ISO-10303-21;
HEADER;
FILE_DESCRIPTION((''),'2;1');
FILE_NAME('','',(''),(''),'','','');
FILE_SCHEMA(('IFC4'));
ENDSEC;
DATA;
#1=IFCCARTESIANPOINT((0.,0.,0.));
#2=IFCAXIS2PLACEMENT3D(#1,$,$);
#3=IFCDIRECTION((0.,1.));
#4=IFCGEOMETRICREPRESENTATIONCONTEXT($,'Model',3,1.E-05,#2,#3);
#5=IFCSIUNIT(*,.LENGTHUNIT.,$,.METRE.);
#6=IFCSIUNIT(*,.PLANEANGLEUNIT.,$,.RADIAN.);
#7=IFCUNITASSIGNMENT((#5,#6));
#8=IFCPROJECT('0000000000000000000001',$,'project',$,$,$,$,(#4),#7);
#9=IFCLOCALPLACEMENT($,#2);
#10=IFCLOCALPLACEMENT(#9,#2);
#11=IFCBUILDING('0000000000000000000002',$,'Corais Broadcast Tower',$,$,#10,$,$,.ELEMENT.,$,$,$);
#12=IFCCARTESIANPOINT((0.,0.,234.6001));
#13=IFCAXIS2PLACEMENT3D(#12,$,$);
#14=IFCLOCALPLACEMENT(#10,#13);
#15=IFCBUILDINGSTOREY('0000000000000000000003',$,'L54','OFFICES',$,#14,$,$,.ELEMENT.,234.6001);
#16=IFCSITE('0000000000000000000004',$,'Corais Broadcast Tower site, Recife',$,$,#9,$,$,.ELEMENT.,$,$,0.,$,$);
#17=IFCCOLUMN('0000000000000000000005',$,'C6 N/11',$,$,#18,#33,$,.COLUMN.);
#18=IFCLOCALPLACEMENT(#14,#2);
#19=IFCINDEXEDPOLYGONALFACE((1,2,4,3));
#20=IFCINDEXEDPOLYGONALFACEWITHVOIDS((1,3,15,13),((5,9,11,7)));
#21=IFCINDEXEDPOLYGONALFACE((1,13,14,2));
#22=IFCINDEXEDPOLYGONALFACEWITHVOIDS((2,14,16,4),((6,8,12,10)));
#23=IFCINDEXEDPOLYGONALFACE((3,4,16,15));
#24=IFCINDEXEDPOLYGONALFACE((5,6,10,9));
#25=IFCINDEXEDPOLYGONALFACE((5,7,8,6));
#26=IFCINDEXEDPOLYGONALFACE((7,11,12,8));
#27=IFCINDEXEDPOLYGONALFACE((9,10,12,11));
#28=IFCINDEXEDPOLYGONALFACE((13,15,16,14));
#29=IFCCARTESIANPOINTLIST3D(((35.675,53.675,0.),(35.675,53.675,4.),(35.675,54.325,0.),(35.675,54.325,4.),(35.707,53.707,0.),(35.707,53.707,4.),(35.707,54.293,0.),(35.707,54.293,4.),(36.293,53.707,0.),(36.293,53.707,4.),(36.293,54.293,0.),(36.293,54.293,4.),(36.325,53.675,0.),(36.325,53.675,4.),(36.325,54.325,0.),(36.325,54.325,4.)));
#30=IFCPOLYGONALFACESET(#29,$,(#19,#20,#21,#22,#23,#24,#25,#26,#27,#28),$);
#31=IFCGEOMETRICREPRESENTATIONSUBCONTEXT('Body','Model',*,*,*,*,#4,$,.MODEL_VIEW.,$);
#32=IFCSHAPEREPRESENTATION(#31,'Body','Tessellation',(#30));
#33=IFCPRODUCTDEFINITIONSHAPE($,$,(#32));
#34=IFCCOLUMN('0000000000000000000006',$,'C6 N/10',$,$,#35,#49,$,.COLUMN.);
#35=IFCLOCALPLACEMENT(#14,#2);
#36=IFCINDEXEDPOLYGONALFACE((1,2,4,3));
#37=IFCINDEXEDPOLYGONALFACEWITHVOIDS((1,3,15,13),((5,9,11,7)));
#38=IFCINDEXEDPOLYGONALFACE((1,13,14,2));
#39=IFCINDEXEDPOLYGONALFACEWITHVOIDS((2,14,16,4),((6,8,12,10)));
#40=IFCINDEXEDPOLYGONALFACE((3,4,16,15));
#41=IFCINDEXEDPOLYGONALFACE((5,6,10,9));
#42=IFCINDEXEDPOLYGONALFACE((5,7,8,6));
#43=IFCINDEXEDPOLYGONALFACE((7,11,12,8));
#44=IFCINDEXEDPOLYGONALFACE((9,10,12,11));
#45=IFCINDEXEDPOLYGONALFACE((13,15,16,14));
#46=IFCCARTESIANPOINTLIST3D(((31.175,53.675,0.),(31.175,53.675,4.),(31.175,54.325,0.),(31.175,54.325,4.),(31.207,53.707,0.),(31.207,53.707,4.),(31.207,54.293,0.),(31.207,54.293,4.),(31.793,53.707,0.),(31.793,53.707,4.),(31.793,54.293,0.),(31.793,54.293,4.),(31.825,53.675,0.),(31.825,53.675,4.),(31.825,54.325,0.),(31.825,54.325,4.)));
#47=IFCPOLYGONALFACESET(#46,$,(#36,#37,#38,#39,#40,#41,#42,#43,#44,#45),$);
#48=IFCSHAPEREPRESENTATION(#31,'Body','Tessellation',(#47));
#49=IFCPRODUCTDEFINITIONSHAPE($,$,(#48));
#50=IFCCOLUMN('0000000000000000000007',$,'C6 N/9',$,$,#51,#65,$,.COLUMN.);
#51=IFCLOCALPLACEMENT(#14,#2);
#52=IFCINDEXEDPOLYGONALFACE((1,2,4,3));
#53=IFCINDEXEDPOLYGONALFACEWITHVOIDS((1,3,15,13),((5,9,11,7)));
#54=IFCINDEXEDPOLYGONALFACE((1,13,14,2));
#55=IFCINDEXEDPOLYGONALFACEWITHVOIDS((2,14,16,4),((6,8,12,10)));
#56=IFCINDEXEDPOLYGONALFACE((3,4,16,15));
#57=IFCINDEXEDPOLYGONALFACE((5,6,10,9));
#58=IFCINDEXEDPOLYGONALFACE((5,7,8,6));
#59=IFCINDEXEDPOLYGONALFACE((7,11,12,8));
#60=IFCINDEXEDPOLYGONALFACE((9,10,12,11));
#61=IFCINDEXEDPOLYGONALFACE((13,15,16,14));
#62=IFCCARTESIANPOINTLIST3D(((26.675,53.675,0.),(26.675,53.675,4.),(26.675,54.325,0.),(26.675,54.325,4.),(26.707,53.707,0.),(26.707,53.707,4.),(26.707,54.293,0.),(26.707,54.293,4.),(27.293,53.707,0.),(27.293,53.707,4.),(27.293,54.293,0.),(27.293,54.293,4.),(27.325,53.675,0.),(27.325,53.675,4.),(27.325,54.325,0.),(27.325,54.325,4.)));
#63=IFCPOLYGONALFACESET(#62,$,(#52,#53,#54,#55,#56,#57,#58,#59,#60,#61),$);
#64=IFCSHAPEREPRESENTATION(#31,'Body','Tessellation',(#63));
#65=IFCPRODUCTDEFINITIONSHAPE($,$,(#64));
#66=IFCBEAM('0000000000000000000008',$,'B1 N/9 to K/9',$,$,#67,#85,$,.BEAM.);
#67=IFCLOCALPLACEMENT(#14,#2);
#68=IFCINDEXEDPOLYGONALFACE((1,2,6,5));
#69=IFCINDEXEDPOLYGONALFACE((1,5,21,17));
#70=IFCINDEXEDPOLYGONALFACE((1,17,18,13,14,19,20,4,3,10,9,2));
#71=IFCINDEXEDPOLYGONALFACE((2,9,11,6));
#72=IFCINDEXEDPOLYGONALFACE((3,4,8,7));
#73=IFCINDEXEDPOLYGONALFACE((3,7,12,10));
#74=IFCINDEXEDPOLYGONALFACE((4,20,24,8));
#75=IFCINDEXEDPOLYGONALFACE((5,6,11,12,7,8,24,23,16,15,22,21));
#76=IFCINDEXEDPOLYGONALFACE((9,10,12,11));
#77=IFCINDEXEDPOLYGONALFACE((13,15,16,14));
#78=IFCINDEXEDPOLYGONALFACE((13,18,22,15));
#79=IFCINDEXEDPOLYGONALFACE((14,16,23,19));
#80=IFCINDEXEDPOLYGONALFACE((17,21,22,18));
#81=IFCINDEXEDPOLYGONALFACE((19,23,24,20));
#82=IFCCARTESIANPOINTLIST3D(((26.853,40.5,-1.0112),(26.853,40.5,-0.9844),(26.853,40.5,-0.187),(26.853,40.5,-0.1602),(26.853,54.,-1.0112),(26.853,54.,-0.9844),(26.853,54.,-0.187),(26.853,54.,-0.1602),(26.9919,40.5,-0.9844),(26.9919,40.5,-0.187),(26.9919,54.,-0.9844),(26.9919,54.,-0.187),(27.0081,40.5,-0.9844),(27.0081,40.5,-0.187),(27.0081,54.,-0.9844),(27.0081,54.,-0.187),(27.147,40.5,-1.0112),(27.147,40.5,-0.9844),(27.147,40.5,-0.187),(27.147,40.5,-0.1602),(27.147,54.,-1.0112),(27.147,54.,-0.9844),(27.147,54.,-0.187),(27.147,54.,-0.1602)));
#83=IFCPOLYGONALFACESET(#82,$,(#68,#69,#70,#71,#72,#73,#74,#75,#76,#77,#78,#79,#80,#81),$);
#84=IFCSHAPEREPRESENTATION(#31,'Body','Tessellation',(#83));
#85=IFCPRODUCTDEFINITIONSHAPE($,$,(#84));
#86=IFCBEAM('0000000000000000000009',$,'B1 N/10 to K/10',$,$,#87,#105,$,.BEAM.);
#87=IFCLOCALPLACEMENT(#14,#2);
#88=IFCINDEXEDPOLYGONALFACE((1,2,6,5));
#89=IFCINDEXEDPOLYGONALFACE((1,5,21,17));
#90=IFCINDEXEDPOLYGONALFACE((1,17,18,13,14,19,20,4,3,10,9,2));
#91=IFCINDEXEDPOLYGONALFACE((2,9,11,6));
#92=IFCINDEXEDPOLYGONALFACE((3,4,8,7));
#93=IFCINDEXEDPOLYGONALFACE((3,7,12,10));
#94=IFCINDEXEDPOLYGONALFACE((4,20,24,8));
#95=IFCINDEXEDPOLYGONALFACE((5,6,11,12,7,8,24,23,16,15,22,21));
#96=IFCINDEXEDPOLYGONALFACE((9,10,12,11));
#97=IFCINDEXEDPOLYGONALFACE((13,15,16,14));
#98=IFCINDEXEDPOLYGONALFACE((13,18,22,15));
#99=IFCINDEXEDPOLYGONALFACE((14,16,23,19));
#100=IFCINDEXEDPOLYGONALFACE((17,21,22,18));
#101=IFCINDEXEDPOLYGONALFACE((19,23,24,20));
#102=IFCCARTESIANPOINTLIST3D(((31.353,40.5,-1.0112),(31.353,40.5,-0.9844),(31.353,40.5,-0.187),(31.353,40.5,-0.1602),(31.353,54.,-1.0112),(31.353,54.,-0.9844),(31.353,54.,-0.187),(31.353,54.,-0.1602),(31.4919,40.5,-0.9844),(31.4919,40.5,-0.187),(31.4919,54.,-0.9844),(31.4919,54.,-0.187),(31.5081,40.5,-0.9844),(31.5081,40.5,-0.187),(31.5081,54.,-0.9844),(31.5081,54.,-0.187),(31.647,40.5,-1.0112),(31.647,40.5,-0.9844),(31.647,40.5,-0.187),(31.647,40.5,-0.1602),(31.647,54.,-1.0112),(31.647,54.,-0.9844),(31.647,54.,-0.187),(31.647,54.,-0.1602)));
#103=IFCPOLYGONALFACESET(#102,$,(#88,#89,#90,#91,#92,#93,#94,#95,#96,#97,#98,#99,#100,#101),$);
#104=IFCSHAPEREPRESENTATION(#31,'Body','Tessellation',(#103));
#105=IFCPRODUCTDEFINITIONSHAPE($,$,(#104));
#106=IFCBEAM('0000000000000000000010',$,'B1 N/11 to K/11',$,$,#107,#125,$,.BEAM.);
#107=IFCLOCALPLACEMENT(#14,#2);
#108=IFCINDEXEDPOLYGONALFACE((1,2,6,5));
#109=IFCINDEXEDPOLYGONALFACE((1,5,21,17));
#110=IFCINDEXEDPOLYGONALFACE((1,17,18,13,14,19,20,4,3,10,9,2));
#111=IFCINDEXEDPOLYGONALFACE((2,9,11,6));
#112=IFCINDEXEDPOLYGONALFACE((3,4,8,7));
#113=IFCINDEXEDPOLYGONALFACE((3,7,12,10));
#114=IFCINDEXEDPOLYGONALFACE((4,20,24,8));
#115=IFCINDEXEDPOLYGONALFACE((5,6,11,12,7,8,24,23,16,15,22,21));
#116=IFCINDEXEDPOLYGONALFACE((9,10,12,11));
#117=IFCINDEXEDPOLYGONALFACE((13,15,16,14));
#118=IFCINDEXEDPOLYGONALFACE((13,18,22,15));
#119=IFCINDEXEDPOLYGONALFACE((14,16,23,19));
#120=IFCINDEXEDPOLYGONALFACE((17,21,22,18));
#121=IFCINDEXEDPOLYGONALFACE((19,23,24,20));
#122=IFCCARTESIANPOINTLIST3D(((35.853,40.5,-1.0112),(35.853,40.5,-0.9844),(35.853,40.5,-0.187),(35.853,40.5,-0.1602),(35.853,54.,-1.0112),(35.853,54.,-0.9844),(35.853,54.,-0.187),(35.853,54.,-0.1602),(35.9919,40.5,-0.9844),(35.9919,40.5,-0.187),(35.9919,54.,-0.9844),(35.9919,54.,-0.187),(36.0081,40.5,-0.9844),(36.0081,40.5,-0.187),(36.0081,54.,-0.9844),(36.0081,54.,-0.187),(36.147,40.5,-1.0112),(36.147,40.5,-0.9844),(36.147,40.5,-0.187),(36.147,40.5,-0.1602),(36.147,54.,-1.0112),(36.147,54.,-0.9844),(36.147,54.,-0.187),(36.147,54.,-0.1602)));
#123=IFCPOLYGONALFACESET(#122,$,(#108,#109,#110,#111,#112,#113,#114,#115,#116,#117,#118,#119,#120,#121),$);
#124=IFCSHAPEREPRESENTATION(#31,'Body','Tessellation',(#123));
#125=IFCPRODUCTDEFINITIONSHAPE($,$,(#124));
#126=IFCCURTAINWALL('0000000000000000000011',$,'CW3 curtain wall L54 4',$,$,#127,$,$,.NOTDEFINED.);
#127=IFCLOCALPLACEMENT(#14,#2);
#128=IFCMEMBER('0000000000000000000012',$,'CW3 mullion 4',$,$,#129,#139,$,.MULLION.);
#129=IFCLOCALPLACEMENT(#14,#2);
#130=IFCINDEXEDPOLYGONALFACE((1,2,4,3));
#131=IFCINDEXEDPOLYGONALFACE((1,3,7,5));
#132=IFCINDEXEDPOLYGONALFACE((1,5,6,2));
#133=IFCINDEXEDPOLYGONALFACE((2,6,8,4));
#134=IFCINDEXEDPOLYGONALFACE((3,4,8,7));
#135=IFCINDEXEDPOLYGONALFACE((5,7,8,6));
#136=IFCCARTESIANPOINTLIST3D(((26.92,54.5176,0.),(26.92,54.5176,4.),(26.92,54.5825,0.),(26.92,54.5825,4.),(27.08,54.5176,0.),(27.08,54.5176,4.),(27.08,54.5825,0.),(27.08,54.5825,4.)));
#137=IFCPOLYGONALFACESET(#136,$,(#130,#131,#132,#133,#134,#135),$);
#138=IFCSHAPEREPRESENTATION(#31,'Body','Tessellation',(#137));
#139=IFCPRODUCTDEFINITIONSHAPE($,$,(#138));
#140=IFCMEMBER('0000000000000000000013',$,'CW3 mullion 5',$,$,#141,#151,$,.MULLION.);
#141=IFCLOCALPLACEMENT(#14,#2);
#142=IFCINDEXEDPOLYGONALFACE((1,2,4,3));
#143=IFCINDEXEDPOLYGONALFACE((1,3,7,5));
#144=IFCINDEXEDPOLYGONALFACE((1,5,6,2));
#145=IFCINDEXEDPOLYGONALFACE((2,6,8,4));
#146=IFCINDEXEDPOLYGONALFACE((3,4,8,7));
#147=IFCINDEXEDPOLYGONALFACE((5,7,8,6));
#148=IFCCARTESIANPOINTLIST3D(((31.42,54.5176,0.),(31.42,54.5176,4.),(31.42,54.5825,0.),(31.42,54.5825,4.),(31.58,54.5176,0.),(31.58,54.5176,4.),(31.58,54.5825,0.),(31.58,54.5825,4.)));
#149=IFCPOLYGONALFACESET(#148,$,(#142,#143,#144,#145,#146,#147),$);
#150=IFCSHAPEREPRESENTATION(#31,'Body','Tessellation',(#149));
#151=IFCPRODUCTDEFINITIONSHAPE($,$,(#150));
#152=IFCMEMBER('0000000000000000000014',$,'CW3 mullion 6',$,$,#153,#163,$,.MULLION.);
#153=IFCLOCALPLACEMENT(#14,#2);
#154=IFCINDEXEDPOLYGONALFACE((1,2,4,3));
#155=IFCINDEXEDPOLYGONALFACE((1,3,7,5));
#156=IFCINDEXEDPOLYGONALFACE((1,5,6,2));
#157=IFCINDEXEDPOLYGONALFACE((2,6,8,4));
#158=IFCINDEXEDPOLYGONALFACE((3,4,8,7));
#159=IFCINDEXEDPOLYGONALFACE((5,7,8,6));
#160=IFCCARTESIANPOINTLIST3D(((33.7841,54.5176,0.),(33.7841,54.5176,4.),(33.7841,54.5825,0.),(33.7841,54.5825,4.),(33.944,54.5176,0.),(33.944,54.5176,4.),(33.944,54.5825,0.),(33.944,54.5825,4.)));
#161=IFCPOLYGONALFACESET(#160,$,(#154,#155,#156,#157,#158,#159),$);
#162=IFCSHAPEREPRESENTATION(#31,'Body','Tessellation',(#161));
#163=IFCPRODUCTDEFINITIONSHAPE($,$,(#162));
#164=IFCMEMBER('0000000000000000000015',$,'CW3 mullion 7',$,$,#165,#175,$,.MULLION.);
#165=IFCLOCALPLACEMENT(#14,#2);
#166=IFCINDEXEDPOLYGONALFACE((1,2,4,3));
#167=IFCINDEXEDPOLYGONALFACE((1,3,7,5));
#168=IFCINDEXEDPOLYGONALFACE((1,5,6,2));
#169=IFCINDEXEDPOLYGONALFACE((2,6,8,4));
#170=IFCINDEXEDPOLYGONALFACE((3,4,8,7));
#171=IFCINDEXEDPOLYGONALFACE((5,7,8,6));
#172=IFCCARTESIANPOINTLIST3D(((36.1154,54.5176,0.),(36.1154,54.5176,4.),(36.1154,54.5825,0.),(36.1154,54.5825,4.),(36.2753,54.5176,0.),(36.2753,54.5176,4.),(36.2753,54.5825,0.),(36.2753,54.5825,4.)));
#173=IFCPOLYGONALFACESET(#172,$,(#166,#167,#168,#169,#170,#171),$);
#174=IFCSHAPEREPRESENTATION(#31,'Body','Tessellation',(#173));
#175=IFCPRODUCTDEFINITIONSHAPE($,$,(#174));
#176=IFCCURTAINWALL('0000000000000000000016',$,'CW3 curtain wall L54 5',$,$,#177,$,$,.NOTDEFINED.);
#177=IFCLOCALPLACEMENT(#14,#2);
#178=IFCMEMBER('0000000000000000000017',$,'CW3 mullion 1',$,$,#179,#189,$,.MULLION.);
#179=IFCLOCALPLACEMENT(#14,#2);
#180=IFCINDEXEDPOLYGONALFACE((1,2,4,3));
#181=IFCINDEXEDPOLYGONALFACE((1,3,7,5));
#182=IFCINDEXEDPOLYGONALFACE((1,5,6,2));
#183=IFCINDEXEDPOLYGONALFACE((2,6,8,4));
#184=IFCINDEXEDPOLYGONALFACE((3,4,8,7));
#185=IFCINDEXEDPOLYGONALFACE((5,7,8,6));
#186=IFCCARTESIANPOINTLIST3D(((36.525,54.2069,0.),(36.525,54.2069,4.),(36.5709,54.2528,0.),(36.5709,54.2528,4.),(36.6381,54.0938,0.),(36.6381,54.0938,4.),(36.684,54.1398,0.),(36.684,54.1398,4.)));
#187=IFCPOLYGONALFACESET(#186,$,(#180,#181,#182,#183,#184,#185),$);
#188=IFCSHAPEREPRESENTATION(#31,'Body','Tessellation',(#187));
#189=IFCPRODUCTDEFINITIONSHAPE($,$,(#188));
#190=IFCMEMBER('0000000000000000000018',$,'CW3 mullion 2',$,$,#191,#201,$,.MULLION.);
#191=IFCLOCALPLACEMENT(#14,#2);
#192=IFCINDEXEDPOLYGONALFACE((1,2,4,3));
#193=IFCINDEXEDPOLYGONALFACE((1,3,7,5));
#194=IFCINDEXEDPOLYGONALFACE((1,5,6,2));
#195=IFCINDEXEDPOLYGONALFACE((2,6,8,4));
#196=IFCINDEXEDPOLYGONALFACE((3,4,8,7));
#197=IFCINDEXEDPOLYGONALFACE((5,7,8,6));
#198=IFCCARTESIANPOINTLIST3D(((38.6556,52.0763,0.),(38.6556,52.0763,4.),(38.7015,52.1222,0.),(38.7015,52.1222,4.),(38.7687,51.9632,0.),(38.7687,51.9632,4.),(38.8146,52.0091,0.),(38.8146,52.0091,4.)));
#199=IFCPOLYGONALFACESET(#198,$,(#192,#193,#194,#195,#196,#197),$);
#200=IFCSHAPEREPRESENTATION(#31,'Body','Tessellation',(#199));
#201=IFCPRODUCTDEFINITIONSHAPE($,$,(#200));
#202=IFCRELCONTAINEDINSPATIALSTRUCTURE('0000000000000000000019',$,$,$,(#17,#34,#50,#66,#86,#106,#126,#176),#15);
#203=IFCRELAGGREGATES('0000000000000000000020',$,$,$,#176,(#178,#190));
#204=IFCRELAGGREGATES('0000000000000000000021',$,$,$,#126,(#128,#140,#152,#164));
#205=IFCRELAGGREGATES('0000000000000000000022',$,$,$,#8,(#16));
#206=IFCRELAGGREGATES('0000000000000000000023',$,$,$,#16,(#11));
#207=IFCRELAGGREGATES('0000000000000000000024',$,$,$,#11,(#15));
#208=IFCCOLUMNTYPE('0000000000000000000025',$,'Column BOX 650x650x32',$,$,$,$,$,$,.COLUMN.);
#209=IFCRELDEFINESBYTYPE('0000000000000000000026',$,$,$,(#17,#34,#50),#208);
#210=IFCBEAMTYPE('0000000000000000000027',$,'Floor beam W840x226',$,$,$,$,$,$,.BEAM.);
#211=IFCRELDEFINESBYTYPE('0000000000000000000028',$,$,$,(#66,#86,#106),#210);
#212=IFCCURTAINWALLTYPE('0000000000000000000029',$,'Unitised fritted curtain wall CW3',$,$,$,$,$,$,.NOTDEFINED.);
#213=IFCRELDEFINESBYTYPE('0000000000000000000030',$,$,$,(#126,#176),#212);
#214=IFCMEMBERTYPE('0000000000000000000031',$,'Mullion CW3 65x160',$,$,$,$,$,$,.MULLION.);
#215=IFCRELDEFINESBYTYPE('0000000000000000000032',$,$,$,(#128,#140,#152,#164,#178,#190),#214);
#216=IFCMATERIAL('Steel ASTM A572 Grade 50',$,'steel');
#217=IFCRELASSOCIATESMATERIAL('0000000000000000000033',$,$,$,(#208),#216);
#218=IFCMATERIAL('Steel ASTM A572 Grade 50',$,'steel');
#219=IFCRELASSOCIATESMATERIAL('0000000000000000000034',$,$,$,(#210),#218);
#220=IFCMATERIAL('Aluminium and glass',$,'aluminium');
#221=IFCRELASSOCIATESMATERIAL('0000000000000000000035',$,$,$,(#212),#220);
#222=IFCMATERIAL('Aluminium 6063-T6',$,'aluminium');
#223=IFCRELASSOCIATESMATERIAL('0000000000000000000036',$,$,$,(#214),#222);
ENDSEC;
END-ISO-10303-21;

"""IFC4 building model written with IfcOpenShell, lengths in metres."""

from ifc_helpers import new_model, si_unit, direction, frame, origin, origin_2d, place, context, subcontext, project, spatial, rectangle, hollow_rectangle, i_section, extrude, material, material_profile, profile_set, type_object, element, aggregate, save


model = new_model("IFC4")

# Units and contexts
model_context = context("Model", 3, precision=1e-05, world=origin(), true_north=direction((0.0, 1.0)))
body_context = subcontext(model_context, "Body", "Model", "MODEL_VIEW")
ifc_project = project(units=[si_unit("LENGTHUNIT", "METRE"), si_unit("PLANEANGLEUNIT", "RADIAN")], contexts=[model_context])

# Site, building, storey
site_placement = place(None, origin())
site = spatial("IfcSite", under=ifc_project, at=site_placement, Name="Corais Broadcast Tower site, Recife", CompositionType="ELEMENT", RefElevation=0.0)
building_placement = place(site_placement, origin())
building = spatial("IfcBuilding", under=site, at=building_placement, Name="Corais Broadcast Tower", CompositionType="ELEMENT")
storey_placement = place(building_placement, frame((0.0, 0.0, 234.6001)))
storey = spatial("IfcBuildingStorey", under=building, at=storey_placement, Name="L54", Description="OFFICES", CompositionType="ELEMENT", Elevation=234.6001)

# Columns
ifc_material_1 = material(Name="Steel ASTM A572 Grade 50", Category="steel")
ifc_material_profile_1 = material_profile(ifc_material_1, hollow_rectangle(XDim=0.6499, YDim=0.6499, WallThickness=0.032, at=origin_2d()), Name="BOX 650x650x32")
ifc_profile_set_1 = profile_set([ifc_material_profile_1], Name="Steel ASTM A572 Grade 50")
column_type = type_object("IfcColumnType", Name="Column BOX 650x650x32", PredefinedType="COLUMN", material=ifc_profile_set_1)
for number, where, z_axis, x_axis, name in (
    (1, (36.0, 54.0, 0.0), (0.0, 0.0, 1.0), (1.0, 0.0, 0.0), "C6 N/11"),
    (2, (31.5, 54.0, 0.0), (0.0, 0.0, 1.0), (1.0, 0.0, 0.0), "C6 N/10"),
    (3, (27.0, 54.0, 0.0), (0.0, 0.0, 1.0), (1.0, 0.0, 0.0), "C6 N/9"),
):
    element("IfcColumn", number, at=place(storey_placement, frame(where, z_axis=z_axis, x_axis=x_axis)), inside=storey, type_object=column_type, Name=name, PredefinedType="COLUMN", context=body_context, shape_type="SweptSolid", body=[
        extrude(hollow_rectangle(XDim=0.6499, YDim=0.6499, WallThickness=0.032, at=origin_2d()), origin(), (0.0, 0.0, 1.0), 4.0),
    ])

# Beams
ifc_material_2 = material(Name="Steel ASTM A572 Grade 50", Category="steel")
ifc_material_profile_2 = material_profile(ifc_material_2, i_section(OverallWidth=0.2939, OverallDepth=0.8511, WebThickness=0.0161, FlangeThickness=0.0269, at=origin_2d()), Name="W840x226")
ifc_profile_set_2 = profile_set([ifc_material_profile_2], Name="Steel ASTM A572 Grade 50")
beam_type_1 = type_object("IfcBeamType", Name="Floor beam W840x226", PredefinedType="BEAM", material=ifc_profile_set_2)
for number, where, z_axis, x_axis, name in (
    (4, (27.0, 54.0, -0.5857), (0.0, -1.0, 0.0), (1.0, 0.0, 0.0), "B1 N/9 to K/9"),
    (5, (31.5, 54.0, -0.5857), (0.0, -1.0, 0.0), (1.0, 0.0, 0.0), "B1 N/10 to K/10"),
    (6, (36.0, 54.0, -0.5857), (0.0, -1.0, 0.0), (1.0, 0.0, 0.0), "B1 N/11 to K/11"),
):
    element("IfcBeam", number, at=place(storey_placement, frame(where, z_axis=z_axis, x_axis=x_axis)), inside=storey, type_object=beam_type_1, Name=name, PredefinedType="BEAM", context=body_context, shape_type="SweptSolid", body=[
        extrude(i_section(OverallWidth=0.2939, OverallDepth=0.8511, WebThickness=0.0161, FlangeThickness=0.0269, at=origin_2d()), origin(), (0.0, 0.0, 1.0), 13.5),
    ])

# Curtain walls, members
ifc_material_3 = material(Name="Aluminium and glass", Category="aluminium")
curtain_wall_type = type_object("IfcCurtainWallType", Name="Unitised fritted curtain wall CW3", PredefinedType="NOTDEFINED", material=ifc_material_3)
curtain_wall_1_placement = place(storey_placement, origin())
curtain_wall_1 = element("IfcCurtainWall", 7, at=curtain_wall_1_placement, inside=storey, type_object=curtain_wall_type, Name="CW3 curtain wall L54 4", PredefinedType="NOTDEFINED")
ifc_material_4 = material(Name="Aluminium 6063-T6", Category="aluminium")
ifc_material_profile_3 = material_profile(ifc_material_4, rectangle(XDim=0.0649, YDim=0.1599, at=origin_2d()), Name="Mullion CW3 65x160")
ifc_profile_set_3 = profile_set([ifc_material_profile_3], Name="Aluminium 6063-T6")
member_type_1 = type_object("IfcMemberType", Name="Mullion CW3 65x160", PredefinedType="MULLION", material=ifc_profile_set_3)
member_1_placement = place(storey_placement, frame((27.0, 54.55, 0.0), z_axis=(0.0, 0.0, 1.0), x_axis=(0.0, 1.0, 0.0)))
member_1 = element("IfcMember", 8, at=member_1_placement, type_object=member_type_1, Name="CW3 mullion 4", PredefinedType="MULLION", context=body_context, shape_type="SweptSolid", body=[
    extrude(rectangle(XDim=0.0649, YDim=0.1599, at=origin_2d()), origin(), (0.0, 0.0, 1.0), 4.0),
])
member_2_placement = place(storey_placement, frame((31.5, 54.55, 0.0), z_axis=(0.0, 0.0, 1.0), x_axis=(0.0, 1.0, 0.0)))
member_2 = element("IfcMember", 9, at=member_2_placement, type_object=member_type_1, Name="CW3 mullion 5", PredefinedType="MULLION", context=body_context, shape_type="SweptSolid", body=[
    extrude(rectangle(XDim=0.0649, YDim=0.1599, at=origin_2d()), origin(), (0.0, 0.0, 1.0), 4.0),
])
member_3_placement = place(storey_placement, frame((33.864, 54.55, 0.0), z_axis=(0.0, 0.0, 1.0), x_axis=(0.0, 1.0, 0.0)))
member_3 = element("IfcMember", 10, at=member_3_placement, type_object=member_type_1, Name="CW3 mullion 6", PredefinedType="MULLION", context=body_context, shape_type="SweptSolid", body=[
    extrude(rectangle(XDim=0.0649, YDim=0.1599, at=origin_2d()), origin(), (0.0, 0.0, 1.0), 4.0),
])
member_4_placement = place(storey_placement, frame((36.1953, 54.55, 0.0), z_axis=(0.0, 0.0, 1.0), x_axis=(0.0, 1.0, 0.0)))
member_4 = element("IfcMember", 11, at=member_4_placement, type_object=member_type_1, Name="CW3 mullion 7", PredefinedType="MULLION", context=body_context, shape_type="SweptSolid", body=[
    extrude(rectangle(XDim=0.0649, YDim=0.1599, at=origin_2d()), origin(), (0.0, 0.0, 1.0), 4.0),
])
curtain_wall_2_placement = place(storey_placement, origin())
curtain_wall_2 = element("IfcCurtainWall", 12, at=curtain_wall_2_placement, inside=storey, type_object=curtain_wall_type, Name="CW3 curtain wall L54 5", PredefinedType="NOTDEFINED")
member_5_placement = place(storey_placement, frame((36.6045, 54.1733, 0.0), z_axis=(0.0, 0.0, 1.0), x_axis=(0.707107, 0.707107, 0.0)))
member_5 = element("IfcMember", 13, at=member_5_placement, type_object=member_type_1, Name="CW3 mullion 1", PredefinedType="MULLION", context=body_context, shape_type="SweptSolid", body=[
    extrude(rectangle(XDim=0.0649, YDim=0.1599, at=origin_2d()), origin(), (0.0, 0.0, 1.0), 4.0),
])
member_6_placement = place(storey_placement, frame((38.7351, 52.0427, 0.0), z_axis=(0.0, 0.0, 1.0), x_axis=(0.707107, 0.707107, 0.0)))
member_6 = element("IfcMember", 14, at=member_6_placement, type_object=member_type_1, Name="CW3 mullion 2", PredefinedType="MULLION", context=body_context, shape_type="SweptSolid", body=[
    extrude(rectangle(XDim=0.0649, YDim=0.1599, at=origin_2d()), origin(), (0.0, 0.0, 1.0), 4.0),
])

aggregate(curtain_wall_2, [member_5, member_6])
aggregate(curtain_wall_1, [member_1, member_2, member_3, member_4])

save(model, "model.ifc")
